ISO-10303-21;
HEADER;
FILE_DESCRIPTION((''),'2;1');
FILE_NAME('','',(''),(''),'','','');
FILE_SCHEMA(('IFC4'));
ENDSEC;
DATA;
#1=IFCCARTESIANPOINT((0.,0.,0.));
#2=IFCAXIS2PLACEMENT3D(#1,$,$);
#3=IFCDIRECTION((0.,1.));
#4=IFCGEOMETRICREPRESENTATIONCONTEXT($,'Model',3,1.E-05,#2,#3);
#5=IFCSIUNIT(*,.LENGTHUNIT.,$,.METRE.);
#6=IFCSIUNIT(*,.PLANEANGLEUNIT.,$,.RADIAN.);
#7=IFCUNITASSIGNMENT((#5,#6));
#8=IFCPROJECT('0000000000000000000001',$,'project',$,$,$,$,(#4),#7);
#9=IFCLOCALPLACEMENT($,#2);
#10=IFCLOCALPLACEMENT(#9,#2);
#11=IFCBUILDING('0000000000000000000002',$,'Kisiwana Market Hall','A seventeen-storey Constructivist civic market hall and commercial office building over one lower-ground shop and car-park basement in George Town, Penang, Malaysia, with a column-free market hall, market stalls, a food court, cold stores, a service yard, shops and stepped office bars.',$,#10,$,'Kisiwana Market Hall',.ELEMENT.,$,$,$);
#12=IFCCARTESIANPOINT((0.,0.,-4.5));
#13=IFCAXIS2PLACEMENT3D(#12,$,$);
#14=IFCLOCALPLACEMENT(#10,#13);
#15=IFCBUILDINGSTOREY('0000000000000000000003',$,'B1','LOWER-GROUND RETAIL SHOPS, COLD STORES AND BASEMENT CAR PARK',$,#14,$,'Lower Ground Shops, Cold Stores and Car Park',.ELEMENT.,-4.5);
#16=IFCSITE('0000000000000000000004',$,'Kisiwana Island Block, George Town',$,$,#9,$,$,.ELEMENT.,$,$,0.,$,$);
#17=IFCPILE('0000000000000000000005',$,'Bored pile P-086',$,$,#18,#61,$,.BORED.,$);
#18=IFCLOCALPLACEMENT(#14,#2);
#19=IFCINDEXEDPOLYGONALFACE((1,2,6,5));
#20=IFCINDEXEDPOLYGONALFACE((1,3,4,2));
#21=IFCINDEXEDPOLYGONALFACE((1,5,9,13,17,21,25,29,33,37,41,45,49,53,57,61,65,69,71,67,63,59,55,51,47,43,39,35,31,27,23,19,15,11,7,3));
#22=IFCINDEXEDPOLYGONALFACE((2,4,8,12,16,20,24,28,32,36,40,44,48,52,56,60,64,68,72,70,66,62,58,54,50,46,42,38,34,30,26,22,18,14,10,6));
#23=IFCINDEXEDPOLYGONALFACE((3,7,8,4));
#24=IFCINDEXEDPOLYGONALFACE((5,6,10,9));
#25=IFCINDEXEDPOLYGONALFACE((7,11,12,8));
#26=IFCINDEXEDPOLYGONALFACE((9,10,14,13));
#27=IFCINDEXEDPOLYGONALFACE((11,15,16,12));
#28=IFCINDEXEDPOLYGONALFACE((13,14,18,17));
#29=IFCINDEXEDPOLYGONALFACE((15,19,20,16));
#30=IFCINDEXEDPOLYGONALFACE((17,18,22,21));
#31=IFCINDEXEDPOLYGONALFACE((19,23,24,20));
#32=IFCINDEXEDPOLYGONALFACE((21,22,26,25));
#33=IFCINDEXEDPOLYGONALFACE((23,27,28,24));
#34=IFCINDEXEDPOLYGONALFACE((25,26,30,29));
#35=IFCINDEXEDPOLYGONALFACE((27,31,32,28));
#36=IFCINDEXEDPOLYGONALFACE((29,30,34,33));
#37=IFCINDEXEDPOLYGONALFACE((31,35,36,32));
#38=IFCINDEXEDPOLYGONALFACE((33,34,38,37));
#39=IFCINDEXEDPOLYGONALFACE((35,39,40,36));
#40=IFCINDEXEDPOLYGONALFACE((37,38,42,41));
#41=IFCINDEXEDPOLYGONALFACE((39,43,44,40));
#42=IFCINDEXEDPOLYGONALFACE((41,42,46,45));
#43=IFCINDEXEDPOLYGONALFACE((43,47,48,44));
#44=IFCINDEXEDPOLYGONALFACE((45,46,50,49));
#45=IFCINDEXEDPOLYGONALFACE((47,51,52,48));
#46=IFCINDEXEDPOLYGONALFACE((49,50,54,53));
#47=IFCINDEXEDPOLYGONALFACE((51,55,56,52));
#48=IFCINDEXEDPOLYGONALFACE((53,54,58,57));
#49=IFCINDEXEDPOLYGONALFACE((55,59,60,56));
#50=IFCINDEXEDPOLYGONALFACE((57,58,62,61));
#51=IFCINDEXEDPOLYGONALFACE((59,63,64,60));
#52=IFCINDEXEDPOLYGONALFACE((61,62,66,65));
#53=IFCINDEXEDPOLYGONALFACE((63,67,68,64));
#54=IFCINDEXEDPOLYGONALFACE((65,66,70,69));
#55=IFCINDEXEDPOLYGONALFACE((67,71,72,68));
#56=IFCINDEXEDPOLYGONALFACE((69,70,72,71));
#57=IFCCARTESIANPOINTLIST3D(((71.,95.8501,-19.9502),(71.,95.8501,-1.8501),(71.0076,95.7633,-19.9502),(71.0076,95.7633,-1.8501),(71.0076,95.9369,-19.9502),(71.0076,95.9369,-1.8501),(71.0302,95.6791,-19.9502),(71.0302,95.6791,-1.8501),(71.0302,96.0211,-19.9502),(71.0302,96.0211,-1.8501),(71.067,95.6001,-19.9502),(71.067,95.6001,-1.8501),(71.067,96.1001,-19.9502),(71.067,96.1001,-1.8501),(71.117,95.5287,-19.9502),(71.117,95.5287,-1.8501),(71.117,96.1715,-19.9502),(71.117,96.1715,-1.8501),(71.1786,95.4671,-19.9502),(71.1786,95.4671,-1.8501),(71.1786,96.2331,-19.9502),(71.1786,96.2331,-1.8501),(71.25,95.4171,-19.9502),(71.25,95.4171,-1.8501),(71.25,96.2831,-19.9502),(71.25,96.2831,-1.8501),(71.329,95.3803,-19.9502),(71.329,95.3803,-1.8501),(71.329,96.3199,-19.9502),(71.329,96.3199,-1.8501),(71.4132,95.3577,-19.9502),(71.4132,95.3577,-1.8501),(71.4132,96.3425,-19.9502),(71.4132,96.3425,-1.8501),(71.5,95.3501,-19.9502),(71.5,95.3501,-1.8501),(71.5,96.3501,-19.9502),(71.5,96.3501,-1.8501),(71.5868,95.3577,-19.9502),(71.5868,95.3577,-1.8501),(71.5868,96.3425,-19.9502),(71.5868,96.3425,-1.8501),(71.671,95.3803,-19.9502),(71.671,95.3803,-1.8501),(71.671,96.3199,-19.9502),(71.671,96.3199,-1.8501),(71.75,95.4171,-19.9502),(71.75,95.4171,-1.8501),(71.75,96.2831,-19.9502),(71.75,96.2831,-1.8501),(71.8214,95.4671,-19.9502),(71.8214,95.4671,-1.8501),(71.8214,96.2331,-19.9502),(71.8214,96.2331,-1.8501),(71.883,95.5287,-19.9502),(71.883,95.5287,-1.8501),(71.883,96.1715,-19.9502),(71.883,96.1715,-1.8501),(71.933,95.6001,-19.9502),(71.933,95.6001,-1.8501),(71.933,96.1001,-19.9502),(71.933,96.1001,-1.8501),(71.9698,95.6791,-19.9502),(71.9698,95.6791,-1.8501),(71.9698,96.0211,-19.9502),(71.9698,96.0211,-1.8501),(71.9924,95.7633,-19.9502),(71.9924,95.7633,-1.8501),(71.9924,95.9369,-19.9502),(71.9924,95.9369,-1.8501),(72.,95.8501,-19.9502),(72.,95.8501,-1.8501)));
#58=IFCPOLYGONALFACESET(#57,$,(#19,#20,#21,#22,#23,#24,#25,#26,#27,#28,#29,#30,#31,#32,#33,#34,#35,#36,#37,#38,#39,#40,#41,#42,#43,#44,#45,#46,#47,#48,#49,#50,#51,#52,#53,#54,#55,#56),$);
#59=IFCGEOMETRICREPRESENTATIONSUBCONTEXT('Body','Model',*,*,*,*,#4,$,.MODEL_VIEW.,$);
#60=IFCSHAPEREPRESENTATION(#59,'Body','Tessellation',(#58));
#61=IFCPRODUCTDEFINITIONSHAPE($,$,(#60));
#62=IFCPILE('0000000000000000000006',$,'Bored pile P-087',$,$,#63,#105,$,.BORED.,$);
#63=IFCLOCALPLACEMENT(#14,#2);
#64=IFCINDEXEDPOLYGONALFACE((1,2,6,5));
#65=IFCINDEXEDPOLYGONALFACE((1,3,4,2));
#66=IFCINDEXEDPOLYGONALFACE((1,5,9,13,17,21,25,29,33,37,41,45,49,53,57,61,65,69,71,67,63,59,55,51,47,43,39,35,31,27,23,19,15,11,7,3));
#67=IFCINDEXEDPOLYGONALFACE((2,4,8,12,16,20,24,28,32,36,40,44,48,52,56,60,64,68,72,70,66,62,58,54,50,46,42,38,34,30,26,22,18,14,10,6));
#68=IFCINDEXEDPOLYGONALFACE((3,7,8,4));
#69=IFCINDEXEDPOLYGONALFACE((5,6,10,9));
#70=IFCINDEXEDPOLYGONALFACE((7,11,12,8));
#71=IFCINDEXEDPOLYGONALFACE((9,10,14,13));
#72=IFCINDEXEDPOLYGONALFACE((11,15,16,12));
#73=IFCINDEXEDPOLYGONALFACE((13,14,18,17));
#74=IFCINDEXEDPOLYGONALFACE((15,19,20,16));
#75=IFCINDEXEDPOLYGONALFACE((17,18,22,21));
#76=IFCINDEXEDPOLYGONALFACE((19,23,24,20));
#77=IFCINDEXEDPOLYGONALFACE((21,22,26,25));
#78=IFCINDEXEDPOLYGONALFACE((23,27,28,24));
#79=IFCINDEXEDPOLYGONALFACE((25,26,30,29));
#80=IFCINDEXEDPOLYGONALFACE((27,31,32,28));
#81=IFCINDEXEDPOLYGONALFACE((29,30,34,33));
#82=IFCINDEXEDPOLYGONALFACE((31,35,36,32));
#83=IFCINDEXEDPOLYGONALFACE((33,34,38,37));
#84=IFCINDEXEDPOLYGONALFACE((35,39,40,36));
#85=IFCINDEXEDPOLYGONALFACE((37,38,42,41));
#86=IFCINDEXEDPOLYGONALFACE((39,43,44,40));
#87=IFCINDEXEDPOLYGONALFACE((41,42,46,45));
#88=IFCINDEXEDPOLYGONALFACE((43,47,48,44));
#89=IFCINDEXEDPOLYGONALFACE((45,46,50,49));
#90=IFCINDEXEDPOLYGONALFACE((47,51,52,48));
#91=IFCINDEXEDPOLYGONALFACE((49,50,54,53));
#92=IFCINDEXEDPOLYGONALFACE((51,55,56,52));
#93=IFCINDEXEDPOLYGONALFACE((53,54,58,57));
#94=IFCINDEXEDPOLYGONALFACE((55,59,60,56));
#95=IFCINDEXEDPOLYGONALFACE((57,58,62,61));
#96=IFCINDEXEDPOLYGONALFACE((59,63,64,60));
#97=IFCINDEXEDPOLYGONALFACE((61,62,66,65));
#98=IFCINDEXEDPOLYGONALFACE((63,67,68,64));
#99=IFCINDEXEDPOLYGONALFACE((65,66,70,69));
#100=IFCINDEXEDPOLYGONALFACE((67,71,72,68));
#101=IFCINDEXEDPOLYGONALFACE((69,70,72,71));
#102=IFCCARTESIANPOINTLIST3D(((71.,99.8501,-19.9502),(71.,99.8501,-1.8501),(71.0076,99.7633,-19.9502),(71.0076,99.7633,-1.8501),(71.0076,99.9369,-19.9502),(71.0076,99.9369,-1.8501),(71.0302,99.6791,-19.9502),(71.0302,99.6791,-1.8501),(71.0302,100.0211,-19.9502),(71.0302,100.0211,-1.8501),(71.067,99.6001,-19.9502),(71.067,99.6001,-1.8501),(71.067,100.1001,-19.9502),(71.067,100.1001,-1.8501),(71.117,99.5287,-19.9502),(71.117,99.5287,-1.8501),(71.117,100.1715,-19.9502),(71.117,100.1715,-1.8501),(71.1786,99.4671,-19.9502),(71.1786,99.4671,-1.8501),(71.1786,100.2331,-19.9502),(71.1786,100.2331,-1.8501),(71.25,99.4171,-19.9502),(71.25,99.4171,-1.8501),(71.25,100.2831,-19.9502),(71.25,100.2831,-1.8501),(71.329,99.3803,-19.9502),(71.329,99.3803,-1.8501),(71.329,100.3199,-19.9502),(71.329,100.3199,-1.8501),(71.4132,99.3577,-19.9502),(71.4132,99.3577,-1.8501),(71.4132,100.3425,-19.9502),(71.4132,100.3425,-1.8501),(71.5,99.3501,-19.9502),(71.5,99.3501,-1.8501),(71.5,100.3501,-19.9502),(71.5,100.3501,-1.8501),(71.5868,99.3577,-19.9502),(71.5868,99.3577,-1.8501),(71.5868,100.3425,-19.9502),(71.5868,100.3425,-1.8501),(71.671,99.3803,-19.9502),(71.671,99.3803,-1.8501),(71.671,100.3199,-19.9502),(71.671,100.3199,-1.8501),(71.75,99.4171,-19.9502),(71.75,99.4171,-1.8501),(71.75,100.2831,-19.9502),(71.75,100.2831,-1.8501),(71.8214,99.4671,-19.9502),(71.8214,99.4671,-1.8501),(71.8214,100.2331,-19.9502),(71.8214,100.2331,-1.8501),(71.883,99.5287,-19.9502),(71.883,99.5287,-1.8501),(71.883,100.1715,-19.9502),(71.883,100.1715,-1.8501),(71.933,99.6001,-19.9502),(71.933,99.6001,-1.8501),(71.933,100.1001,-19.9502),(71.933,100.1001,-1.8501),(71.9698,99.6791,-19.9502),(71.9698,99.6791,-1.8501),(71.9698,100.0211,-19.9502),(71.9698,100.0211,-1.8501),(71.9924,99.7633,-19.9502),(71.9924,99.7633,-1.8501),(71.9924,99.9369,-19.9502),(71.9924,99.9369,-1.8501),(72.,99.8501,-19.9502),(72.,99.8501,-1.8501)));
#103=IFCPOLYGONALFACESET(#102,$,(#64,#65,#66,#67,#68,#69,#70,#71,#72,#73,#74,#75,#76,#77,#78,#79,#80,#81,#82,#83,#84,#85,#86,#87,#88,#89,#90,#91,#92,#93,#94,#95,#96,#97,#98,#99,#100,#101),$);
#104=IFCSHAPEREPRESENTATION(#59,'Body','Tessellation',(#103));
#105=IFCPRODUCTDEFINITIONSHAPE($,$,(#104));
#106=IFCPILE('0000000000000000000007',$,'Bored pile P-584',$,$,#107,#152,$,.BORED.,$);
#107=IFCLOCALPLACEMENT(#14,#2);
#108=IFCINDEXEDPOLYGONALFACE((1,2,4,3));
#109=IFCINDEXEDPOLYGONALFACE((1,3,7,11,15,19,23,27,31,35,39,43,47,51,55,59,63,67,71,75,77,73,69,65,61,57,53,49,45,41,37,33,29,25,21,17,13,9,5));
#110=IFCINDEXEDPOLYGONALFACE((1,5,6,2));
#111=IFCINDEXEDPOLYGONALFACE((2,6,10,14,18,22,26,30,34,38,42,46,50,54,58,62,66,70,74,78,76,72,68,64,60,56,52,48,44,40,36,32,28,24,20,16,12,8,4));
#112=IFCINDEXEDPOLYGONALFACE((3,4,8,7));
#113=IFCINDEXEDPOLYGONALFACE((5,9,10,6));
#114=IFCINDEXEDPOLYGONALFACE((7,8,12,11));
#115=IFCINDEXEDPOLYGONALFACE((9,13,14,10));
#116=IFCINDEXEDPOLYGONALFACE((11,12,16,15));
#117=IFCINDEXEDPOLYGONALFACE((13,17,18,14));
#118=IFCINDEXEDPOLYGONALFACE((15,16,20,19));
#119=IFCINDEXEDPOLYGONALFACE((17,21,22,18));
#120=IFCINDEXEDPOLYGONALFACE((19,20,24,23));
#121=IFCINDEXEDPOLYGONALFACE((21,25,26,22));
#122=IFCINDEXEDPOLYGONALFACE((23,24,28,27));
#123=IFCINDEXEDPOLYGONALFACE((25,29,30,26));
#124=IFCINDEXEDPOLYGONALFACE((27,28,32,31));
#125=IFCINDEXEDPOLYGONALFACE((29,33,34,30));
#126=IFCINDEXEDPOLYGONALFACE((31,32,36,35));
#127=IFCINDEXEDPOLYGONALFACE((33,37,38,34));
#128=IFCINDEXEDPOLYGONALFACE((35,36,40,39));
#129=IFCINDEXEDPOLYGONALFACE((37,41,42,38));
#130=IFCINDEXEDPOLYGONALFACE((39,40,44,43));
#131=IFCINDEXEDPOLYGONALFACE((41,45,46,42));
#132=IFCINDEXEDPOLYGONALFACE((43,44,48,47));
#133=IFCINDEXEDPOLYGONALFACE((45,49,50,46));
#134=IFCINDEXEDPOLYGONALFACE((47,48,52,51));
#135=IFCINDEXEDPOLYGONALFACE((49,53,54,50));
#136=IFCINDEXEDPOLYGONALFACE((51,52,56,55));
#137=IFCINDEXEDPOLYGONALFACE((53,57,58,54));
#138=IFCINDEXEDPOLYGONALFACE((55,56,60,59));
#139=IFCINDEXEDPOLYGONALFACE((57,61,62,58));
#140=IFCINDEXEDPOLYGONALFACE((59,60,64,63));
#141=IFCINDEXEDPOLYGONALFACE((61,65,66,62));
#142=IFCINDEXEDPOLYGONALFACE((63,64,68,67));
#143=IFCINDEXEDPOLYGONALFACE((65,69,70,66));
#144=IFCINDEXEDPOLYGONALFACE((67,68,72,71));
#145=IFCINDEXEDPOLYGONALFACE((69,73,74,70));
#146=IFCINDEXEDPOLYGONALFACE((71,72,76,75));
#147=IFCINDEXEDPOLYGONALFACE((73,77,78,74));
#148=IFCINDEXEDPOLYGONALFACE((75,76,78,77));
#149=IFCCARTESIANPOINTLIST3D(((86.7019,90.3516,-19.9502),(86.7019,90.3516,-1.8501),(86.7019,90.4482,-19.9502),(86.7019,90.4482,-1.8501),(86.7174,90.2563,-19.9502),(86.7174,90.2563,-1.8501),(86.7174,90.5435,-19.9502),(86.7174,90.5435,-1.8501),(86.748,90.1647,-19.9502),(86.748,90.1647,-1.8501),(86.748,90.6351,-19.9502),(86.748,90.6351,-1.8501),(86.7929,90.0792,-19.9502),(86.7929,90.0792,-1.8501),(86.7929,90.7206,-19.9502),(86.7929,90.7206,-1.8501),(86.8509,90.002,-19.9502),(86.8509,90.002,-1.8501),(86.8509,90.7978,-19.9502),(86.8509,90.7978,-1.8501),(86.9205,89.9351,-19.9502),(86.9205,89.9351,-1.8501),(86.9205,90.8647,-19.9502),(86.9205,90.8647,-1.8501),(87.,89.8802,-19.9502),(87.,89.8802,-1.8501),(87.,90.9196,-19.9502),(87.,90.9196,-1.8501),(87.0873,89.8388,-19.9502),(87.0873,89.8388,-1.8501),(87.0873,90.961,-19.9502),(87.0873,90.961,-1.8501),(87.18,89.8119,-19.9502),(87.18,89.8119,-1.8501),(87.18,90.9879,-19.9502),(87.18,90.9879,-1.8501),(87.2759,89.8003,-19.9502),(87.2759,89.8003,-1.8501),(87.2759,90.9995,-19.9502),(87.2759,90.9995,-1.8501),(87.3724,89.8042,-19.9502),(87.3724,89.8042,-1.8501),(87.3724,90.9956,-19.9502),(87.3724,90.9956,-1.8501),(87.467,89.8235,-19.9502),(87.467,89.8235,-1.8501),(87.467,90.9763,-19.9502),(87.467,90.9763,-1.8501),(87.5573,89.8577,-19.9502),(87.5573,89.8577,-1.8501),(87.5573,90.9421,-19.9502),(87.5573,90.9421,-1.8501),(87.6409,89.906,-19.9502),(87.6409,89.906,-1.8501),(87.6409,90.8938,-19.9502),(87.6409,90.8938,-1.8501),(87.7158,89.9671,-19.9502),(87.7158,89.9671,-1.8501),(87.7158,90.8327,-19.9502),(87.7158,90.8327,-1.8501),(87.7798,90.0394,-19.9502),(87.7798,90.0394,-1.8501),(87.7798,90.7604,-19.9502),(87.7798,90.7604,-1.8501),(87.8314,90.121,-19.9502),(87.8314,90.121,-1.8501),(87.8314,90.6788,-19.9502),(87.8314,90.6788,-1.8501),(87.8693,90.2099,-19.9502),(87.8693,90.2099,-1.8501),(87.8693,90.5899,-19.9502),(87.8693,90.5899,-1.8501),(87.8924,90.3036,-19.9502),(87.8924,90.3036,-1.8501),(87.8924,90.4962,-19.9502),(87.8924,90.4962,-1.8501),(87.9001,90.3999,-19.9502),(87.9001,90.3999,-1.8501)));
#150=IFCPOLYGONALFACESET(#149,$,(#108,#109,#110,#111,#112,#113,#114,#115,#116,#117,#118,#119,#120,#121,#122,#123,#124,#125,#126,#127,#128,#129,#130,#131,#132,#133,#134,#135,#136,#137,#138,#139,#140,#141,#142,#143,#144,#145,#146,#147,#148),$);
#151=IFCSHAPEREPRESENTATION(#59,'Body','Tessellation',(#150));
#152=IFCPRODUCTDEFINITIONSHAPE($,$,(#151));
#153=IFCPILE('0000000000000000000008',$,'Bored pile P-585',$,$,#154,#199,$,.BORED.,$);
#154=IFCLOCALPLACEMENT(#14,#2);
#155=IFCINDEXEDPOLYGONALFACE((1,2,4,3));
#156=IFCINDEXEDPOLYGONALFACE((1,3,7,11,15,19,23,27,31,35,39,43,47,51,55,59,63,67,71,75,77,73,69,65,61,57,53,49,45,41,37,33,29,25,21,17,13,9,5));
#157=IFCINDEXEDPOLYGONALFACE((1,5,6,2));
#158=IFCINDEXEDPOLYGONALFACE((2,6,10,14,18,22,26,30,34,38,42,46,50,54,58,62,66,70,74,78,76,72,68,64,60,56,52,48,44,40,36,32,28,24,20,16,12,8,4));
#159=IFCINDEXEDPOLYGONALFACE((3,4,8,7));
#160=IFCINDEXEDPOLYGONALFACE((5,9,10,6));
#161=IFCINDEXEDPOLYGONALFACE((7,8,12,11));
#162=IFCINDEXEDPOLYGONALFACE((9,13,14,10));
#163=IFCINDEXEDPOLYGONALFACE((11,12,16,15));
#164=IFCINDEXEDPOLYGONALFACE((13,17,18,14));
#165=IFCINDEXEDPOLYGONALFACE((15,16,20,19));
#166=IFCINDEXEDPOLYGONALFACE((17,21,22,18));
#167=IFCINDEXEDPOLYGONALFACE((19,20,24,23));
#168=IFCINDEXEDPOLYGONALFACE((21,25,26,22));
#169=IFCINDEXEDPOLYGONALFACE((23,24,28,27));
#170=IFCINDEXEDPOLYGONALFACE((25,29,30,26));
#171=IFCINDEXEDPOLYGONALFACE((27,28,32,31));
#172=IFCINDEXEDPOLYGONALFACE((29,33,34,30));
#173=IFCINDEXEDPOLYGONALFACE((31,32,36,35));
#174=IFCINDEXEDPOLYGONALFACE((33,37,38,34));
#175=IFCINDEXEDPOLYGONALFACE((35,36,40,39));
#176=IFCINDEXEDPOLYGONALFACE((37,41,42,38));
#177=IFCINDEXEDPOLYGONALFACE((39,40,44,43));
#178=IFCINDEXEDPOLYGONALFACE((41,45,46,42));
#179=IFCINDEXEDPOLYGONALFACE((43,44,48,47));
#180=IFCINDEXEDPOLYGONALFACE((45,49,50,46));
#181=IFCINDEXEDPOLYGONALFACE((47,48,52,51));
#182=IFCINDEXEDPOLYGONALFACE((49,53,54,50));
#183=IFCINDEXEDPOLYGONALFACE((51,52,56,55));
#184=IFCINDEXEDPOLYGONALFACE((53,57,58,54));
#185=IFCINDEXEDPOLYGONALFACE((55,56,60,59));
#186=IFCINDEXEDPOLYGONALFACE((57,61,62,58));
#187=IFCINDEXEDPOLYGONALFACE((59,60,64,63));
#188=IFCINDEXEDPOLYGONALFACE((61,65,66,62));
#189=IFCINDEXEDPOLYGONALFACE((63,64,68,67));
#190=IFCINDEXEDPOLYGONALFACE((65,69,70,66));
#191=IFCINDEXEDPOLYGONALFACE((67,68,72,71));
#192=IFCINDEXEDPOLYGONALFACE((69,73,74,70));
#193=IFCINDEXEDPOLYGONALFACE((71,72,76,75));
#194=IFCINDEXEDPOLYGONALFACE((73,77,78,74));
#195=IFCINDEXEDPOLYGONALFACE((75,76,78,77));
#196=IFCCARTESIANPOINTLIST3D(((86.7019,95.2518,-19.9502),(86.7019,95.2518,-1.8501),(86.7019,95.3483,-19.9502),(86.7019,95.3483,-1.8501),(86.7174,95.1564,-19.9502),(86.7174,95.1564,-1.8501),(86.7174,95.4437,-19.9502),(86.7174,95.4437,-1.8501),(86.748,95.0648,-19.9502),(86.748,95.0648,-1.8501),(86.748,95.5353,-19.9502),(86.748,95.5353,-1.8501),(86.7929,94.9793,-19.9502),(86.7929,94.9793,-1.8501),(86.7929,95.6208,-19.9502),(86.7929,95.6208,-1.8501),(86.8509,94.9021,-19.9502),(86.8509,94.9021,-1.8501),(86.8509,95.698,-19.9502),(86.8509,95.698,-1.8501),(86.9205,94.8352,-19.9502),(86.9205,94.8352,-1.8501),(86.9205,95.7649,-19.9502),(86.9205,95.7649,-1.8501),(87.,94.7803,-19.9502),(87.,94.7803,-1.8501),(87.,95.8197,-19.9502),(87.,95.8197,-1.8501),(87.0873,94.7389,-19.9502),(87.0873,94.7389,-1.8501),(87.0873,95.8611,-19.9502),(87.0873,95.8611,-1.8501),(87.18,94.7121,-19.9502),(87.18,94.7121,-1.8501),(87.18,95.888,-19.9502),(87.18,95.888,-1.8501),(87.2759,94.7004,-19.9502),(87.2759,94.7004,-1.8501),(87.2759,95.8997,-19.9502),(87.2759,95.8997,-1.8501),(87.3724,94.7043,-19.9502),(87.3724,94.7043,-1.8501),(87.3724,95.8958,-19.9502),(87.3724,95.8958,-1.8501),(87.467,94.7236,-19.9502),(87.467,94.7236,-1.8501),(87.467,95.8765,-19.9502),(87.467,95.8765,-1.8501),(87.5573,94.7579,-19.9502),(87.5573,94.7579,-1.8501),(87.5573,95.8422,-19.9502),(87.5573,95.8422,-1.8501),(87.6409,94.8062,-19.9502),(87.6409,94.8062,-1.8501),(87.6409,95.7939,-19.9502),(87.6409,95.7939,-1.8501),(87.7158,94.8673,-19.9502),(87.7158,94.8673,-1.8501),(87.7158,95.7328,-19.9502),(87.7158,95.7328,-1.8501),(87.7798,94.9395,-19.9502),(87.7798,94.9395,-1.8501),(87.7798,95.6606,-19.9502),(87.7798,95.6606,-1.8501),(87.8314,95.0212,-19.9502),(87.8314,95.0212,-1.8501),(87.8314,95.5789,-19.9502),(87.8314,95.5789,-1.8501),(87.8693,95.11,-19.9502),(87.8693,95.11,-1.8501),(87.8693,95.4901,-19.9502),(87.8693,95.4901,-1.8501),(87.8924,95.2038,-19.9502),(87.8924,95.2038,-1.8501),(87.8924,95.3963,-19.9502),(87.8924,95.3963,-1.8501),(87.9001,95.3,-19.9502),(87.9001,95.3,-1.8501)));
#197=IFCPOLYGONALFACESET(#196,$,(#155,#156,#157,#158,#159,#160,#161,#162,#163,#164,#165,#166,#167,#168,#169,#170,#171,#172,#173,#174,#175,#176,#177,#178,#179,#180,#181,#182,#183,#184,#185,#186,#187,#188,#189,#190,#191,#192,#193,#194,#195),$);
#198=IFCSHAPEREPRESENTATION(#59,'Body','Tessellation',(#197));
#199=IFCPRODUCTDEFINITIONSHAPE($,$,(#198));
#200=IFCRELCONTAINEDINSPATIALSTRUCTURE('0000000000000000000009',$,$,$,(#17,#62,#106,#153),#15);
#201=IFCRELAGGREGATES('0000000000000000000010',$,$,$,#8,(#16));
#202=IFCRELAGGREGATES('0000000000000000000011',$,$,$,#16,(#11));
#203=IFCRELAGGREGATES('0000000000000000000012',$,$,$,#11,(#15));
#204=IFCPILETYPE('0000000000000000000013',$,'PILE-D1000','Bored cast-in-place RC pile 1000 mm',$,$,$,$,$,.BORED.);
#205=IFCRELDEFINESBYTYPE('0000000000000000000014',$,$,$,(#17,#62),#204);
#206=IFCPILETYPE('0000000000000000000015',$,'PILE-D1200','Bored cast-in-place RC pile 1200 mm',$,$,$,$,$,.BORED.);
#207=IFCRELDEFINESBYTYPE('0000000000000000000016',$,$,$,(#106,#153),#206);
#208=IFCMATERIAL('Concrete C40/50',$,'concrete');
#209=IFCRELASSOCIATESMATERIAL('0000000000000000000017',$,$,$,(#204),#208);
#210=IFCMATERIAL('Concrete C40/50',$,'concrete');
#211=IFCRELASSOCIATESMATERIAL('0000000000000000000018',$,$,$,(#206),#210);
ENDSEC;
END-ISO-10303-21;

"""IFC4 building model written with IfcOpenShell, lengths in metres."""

from ifc_helpers import new_model, si_unit, direction, frame, origin, origin_2d, place, context, subcontext, project, spatial, circle, extrude, material, material_profile, profile_set, type_object, element, save


model = new_model("IFC4")

# Units and contexts
model_context = context("Model", 3, precision=1e-05, world=origin(), true_north=direction((0.0, 1.0)))
body_context = subcontext(model_context, "Body", "Model", "MODEL_VIEW")
ifc_project = project(units=[si_unit("LENGTHUNIT", "METRE"), si_unit("PLANEANGLEUNIT", "RADIAN")], contexts=[model_context])

# Site, building, storey
site_placement = place(None, origin())
site = spatial("IfcSite", under=ifc_project, at=site_placement, Name="Kisiwana Island Block, George Town", CompositionType="ELEMENT", RefElevation=0.0)
building_placement = place(site_placement, origin())
building = spatial("IfcBuilding", under=site, at=building_placement, Name="Kisiwana Market Hall", Description="A seventeen-storey Constructivist civic market hall and commercial office building over one lower-ground shop and car-park basement in George Town, Penang, Malaysia, with a column-free market hall, market stalls, a food court, cold stores, a service yard, shops and stepped office bars.", LongName="Kisiwana Market Hall", CompositionType="ELEMENT")
storey_placement = place(building_placement, frame((0.0, 0.0, -4.5)))
storey = spatial("IfcBuildingStorey", under=building, at=storey_placement, Name="B1", Description="LOWER-GROUND RETAIL SHOPS, COLD STORES AND BASEMENT CAR PARK", LongName="Lower Ground Shops, Cold Stores and Car Park", CompositionType="ELEMENT", Elevation=-4.5)

# Piles
ifc_material_1 = material(Name="Concrete C40/50", Category="concrete")
ifc_material_profile_1 = material_profile(ifc_material_1, circle(Radius=0.5, at=origin_2d()), Name="BP D1000")
ifc_profile_set_1 = profile_set([ifc_material_profile_1], Name="Concrete C40/50")
pile_type_1 = type_object("IfcPileType", Name="PILE-D1000", Description="Bored cast-in-place RC pile 1000 mm", PredefinedType="BORED", material=ifc_profile_set_1)
for number, where, z_axis, x_axis, name in (
    (1, (71.5, 95.8501, -1.8501), (0.0, 0.0, -1.0), (1.0, 0.0, 0.0), "Bored pile P-086"),
    (2, (71.5, 99.8501, -1.8501), (0.0, 0.0, -1.0), (1.0, 0.0, 0.0), "Bored pile P-087"),
):
    element("IfcPile", number, at=place(storey_placement, frame(where, z_axis=z_axis, x_axis=x_axis)), inside=storey, type_object=pile_type_1, Name=name, PredefinedType="BORED", context=body_context, shape_type="SweptSolid", body=[
        extrude(circle(Radius=0.5, at=origin_2d()), origin(), (0.0, 0.0, 1.0), 18.1001),
    ])
ifc_material_2 = material(Name="Concrete C40/50", Category="concrete")
ifc_material_profile_2 = material_profile(ifc_material_2, circle(Radius=0.6001, at=origin_2d()), Name="BP D1200")
ifc_profile_set_2 = profile_set([ifc_material_profile_2], Name="Concrete C40/50")
pile_type_2 = type_object("IfcPileType", Name="PILE-D1200", Description="Bored cast-in-place RC pile 1200 mm", PredefinedType="BORED", material=ifc_profile_set_2)
for number, where, z_axis, x_axis, name in (
    (3, (87.3, 90.3999, -1.8501), (0.0, 0.0, -1.0), (1.0, 0.0, 0.0), "Bored pile P-584"),
    (4, (87.3, 95.3, -1.8501), (0.0, 0.0, -1.0), (1.0, 0.0, 0.0), "Bored pile P-585"),
):
    element("IfcPile", number, at=place(storey_placement, frame(where, z_axis=z_axis, x_axis=x_axis)), inside=storey, type_object=pile_type_2, Name=name, PredefinedType="BORED", context=body_context, shape_type="SweptSolid", body=[
        extrude(circle(Radius=0.6001, at=origin_2d()), origin(), (0.0, 0.0, 1.0), 18.1001),
    ])

save(model, "model.ifc")
